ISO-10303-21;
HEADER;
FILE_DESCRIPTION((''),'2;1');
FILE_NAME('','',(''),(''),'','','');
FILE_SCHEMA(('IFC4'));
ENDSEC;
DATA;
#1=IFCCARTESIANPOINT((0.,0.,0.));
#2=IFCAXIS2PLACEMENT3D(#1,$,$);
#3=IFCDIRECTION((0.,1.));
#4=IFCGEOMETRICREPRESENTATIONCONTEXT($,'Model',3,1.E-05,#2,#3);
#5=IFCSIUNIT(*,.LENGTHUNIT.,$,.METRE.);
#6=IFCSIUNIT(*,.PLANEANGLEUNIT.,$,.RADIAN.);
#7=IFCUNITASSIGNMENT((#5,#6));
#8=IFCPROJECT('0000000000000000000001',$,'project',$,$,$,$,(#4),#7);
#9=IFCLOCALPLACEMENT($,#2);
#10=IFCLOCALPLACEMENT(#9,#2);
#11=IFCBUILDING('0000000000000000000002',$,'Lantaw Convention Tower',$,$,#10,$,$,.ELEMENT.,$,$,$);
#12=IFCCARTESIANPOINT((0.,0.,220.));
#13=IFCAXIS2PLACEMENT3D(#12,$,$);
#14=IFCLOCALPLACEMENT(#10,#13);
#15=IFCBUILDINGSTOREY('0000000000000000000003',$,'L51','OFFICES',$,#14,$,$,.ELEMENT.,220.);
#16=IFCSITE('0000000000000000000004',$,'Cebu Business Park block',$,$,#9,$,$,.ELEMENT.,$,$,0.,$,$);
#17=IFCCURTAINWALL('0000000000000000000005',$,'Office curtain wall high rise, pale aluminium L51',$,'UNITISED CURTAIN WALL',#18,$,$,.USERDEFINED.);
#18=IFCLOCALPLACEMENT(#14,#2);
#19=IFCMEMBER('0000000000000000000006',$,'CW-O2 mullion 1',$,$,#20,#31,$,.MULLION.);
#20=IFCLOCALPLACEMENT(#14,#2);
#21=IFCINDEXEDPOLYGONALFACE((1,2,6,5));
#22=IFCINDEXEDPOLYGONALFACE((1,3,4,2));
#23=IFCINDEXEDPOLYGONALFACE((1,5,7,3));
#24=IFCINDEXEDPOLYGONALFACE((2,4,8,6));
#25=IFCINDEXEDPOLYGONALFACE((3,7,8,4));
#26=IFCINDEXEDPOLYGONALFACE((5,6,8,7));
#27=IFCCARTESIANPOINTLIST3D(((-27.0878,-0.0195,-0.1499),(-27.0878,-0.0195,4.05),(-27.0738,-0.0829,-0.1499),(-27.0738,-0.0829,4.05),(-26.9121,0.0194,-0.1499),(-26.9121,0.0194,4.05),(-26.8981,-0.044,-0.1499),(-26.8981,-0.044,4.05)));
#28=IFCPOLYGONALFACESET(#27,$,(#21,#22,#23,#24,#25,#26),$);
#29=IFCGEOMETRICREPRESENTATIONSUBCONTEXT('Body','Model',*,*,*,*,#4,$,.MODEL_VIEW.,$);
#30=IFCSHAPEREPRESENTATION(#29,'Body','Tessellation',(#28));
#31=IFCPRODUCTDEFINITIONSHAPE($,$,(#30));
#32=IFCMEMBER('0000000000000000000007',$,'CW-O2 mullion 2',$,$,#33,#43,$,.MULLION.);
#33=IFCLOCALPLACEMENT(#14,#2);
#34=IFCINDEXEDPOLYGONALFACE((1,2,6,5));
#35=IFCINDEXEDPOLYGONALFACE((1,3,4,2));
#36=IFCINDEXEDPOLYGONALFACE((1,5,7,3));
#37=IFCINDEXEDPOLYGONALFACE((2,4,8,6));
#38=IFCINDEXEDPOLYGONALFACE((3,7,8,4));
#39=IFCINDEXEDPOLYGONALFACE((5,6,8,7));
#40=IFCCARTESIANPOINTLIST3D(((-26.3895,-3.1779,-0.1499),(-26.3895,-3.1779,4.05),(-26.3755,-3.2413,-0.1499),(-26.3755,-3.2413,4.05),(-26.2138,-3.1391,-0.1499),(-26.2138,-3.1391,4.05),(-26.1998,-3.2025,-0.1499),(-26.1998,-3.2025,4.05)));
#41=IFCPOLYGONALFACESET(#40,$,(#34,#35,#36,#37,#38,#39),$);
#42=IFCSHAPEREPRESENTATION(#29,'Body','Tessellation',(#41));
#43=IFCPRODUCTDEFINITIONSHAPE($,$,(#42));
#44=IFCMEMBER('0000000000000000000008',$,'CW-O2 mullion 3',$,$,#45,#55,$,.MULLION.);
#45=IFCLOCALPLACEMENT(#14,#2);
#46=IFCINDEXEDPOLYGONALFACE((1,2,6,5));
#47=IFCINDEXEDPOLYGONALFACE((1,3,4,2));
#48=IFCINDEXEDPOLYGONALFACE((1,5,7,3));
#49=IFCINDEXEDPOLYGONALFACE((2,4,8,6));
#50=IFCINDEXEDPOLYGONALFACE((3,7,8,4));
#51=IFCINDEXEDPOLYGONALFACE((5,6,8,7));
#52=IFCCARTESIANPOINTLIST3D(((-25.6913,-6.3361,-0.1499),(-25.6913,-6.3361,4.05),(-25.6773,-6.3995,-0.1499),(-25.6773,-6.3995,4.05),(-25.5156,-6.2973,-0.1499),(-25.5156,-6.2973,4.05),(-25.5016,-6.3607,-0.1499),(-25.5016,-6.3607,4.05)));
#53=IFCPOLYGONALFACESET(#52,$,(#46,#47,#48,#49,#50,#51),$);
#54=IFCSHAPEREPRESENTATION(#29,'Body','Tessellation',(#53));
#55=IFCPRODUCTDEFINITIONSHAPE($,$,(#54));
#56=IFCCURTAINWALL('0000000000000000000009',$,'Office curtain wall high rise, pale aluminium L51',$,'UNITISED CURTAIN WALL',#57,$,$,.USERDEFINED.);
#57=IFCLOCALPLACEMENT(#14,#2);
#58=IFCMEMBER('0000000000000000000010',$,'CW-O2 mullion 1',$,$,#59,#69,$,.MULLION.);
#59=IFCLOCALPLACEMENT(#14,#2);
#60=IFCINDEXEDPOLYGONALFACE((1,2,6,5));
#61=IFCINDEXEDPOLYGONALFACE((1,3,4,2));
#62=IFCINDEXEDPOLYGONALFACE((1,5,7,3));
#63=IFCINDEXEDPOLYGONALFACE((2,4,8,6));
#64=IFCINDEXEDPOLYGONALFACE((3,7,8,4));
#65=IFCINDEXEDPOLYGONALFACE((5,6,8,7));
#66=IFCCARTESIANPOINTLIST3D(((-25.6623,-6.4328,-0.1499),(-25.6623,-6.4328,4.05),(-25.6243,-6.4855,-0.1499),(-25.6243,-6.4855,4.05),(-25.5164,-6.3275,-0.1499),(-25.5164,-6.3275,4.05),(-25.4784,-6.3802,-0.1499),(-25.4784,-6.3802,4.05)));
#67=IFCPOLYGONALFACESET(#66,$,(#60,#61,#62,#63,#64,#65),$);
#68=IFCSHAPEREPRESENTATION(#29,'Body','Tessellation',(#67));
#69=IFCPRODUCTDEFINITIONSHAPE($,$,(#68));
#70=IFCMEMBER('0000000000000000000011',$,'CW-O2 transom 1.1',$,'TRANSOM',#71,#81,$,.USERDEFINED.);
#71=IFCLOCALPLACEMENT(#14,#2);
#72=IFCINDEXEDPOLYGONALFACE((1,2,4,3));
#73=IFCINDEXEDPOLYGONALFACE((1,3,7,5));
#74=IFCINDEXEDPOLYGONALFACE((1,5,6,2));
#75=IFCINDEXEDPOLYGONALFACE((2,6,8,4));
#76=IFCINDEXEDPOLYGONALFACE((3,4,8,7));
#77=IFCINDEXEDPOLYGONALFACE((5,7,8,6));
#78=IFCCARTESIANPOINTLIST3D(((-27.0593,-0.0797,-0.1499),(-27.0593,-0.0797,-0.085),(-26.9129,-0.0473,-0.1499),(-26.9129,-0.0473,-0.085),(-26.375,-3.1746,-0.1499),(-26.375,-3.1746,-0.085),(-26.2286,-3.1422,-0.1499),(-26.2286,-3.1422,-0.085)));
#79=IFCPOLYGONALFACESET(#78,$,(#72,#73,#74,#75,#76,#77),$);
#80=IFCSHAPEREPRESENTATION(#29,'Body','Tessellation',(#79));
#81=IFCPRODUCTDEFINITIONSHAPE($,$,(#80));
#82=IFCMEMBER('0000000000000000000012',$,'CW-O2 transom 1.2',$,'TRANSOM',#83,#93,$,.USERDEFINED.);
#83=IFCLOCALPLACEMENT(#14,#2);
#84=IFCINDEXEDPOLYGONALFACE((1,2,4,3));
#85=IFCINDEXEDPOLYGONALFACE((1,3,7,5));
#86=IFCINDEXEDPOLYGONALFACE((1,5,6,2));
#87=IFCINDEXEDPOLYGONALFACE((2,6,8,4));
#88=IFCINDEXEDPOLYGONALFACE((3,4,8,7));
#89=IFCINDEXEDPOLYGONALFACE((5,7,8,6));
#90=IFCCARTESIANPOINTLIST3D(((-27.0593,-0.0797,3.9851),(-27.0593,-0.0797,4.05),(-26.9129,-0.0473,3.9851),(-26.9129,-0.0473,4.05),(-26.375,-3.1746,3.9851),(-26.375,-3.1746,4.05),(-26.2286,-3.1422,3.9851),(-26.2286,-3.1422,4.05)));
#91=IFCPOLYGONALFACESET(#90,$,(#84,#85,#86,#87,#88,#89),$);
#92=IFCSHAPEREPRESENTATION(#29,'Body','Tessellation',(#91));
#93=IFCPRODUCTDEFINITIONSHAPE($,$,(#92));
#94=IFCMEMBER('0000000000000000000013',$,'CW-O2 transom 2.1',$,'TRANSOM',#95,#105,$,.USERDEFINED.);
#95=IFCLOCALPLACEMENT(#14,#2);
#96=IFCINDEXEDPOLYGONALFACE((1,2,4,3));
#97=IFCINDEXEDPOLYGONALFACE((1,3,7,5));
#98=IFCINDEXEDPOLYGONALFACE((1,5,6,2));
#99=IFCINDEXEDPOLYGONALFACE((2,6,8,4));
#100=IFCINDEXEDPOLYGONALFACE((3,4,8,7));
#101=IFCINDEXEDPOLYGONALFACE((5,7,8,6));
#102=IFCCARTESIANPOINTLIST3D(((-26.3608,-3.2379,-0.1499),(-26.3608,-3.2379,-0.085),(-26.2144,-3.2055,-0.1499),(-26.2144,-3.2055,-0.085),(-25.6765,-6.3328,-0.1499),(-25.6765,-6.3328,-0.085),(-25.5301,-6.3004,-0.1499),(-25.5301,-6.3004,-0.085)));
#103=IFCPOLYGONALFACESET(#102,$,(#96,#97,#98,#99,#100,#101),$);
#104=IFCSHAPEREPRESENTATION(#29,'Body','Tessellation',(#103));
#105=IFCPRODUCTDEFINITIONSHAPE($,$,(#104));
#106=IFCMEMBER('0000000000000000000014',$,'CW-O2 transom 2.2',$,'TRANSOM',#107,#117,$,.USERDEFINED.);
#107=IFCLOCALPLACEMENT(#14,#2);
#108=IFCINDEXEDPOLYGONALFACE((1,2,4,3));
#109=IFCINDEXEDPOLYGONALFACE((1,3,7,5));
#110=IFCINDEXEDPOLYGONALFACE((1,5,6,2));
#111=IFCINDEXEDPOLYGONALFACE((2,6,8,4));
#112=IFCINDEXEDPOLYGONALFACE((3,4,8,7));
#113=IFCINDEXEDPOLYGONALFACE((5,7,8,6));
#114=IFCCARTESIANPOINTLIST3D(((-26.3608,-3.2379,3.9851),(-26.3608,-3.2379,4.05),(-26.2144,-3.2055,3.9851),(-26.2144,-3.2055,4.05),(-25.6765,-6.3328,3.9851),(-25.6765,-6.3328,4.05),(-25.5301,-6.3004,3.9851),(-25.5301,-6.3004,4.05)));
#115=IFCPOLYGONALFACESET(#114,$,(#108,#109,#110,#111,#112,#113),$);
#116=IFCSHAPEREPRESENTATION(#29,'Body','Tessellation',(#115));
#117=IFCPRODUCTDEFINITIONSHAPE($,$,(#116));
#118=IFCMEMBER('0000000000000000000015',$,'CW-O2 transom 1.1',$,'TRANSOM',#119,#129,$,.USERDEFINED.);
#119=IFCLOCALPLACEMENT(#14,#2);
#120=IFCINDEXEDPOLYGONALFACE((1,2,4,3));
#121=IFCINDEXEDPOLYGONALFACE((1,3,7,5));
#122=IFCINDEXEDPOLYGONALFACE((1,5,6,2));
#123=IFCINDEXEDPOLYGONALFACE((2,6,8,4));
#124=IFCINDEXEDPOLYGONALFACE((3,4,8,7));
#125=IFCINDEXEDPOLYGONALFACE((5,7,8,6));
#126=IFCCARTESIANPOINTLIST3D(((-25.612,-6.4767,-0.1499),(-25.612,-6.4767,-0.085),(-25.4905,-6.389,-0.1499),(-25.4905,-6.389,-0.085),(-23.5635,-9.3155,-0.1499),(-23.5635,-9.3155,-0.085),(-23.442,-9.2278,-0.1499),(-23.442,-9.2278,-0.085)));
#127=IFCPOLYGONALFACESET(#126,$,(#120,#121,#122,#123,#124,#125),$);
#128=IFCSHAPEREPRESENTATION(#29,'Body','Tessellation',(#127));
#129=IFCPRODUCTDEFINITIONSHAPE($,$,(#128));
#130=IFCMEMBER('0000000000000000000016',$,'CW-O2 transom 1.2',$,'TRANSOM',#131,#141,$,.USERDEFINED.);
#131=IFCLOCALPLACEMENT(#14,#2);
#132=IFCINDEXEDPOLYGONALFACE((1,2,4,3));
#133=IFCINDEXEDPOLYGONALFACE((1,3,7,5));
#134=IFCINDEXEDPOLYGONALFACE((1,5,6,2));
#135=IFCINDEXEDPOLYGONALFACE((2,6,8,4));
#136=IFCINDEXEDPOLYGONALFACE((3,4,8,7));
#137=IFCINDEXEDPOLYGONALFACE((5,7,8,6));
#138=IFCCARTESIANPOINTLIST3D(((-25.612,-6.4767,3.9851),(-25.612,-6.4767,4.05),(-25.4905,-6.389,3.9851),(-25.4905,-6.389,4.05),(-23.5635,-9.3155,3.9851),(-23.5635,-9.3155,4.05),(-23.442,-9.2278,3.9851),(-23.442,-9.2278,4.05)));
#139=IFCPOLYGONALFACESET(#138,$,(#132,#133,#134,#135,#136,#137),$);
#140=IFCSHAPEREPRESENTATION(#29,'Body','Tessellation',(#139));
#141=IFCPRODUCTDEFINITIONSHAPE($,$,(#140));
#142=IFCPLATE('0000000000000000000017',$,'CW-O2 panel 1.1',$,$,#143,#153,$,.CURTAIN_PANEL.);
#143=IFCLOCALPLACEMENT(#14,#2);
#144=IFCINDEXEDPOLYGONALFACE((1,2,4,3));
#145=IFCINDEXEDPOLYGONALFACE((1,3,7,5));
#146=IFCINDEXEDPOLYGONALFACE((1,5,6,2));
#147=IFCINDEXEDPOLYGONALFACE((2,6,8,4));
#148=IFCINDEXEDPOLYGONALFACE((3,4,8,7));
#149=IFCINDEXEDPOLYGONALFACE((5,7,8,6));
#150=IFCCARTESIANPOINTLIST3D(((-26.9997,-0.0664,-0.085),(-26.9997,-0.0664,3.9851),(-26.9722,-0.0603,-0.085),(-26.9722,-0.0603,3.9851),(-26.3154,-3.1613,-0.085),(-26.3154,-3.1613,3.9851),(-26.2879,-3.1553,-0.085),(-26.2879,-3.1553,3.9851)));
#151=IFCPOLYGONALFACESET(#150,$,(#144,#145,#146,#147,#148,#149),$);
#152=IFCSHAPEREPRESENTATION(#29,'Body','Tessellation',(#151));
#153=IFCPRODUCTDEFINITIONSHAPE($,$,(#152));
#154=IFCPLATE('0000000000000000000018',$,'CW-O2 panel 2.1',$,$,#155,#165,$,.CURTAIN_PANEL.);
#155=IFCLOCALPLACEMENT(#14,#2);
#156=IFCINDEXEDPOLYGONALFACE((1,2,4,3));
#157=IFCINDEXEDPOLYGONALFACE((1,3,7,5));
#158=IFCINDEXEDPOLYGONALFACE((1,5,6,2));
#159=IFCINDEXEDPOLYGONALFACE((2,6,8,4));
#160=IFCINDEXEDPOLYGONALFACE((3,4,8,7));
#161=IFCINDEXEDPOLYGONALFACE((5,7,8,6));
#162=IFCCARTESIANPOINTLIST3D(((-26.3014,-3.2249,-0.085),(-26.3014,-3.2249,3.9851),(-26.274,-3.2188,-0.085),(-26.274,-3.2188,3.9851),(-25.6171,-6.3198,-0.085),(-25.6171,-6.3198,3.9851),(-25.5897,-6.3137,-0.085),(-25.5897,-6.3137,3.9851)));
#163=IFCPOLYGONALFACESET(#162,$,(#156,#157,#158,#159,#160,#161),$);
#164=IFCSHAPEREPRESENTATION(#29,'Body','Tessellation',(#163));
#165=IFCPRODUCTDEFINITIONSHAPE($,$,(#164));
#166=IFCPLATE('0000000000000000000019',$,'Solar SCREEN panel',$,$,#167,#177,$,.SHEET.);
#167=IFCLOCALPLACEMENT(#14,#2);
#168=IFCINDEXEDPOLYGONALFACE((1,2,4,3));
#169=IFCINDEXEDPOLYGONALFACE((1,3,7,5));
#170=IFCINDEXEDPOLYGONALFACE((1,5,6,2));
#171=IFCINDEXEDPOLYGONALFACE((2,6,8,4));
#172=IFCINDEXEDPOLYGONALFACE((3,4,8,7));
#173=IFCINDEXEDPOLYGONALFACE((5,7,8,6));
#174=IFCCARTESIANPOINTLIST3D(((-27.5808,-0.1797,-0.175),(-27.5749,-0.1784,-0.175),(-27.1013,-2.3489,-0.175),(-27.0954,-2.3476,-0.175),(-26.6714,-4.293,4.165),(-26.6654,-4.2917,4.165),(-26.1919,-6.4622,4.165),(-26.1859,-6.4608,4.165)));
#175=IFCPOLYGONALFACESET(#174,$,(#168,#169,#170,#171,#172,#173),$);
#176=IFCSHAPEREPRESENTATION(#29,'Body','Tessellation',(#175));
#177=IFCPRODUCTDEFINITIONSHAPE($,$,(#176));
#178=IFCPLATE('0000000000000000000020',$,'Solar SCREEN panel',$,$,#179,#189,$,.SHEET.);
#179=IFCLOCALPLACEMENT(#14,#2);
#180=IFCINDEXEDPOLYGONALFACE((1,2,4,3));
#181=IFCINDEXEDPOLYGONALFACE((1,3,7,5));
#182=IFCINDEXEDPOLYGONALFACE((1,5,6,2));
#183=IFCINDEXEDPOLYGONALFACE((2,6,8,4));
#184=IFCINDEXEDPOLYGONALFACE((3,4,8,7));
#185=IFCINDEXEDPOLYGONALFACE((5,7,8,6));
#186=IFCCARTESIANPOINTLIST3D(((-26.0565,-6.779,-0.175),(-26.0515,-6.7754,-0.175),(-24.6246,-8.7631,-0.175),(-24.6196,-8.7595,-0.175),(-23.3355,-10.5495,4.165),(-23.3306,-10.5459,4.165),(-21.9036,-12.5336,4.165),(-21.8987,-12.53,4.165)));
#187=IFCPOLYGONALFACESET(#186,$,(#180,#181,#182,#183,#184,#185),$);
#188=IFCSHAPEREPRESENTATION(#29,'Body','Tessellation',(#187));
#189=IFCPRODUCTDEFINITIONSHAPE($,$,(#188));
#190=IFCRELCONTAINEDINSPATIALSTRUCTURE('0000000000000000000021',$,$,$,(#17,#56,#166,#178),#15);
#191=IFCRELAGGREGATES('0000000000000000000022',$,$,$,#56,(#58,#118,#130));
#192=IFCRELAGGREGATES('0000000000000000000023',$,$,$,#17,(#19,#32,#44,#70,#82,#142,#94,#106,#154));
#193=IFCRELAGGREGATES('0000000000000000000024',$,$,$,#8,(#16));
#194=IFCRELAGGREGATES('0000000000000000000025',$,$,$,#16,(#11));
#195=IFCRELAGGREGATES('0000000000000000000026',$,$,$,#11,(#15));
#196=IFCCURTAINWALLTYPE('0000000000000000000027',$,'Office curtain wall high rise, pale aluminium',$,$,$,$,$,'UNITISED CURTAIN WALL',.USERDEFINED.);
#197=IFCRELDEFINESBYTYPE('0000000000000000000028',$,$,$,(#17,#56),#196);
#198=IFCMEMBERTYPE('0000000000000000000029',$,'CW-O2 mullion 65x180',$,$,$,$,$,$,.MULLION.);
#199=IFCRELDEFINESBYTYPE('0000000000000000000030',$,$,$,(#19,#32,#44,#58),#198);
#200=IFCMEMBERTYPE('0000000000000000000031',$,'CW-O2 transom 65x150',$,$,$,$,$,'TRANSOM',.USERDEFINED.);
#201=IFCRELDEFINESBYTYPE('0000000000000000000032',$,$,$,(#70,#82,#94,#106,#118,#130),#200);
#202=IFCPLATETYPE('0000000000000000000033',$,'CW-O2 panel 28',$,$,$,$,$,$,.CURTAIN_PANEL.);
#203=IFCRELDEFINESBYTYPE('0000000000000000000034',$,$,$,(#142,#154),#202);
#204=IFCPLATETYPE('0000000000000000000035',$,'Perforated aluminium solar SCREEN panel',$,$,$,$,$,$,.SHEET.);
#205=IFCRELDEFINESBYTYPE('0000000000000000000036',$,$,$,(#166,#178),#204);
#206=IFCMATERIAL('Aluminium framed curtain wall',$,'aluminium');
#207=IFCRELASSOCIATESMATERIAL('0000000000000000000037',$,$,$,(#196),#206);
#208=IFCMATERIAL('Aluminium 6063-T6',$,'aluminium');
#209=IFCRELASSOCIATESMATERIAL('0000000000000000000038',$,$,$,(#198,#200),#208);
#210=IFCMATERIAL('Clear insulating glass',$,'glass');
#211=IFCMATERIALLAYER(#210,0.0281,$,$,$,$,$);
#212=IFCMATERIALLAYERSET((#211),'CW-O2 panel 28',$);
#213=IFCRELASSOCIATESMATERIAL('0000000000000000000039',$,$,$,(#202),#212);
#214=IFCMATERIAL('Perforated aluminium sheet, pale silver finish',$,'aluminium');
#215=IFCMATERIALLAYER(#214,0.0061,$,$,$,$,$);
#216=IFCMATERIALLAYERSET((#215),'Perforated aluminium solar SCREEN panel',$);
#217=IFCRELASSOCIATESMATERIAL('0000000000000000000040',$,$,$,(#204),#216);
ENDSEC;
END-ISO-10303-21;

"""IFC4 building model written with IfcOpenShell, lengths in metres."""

from ifc_helpers import new_model, si_unit, direction, frame, origin, origin_2d, place, context, subcontext, project, spatial, polyline, rectangle, outline, extrude, material, layer, layer_set, material_profile, profile_set, type_object, element, aggregate, save


model = new_model("IFC4")

# Units and contexts
model_context = context("Model", 3, precision=1e-05, world=origin(), true_north=direction((0.0, 1.0)))
body_context = subcontext(model_context, "Body", "Model", "MODEL_VIEW")
ifc_project = project(units=[si_unit("LENGTHUNIT", "METRE"), si_unit("PLANEANGLEUNIT", "RADIAN")], contexts=[model_context])

# Site, building, storey
site_placement = place(None, origin())
site = spatial("IfcSite", under=ifc_project, at=site_placement, Name="Cebu Business Park block", CompositionType="ELEMENT", RefElevation=0.0)
building_placement = place(site_placement, origin())
building = spatial("IfcBuilding", under=site, at=building_placement, Name="Lantaw Convention Tower", CompositionType="ELEMENT")
storey_placement = place(building_placement, frame((0.0, 0.0, 220.0)))
storey = spatial("IfcBuildingStorey", under=building, at=storey_placement, Name="L51", Description="OFFICES", CompositionType="ELEMENT", Elevation=220.0)

# Curtain wall, members
ifc_material_1 = material(Name="Aluminium framed curtain wall", Category="aluminium")
curtain_wall_type = type_object("IfcCurtainWallType", Name="Office curtain wall high rise, pale aluminium", ElementType="UNITISED CURTAIN WALL", PredefinedType="USERDEFINED", material=ifc_material_1)
curtain_wall_1_placement = place(storey_placement, origin())
curtain_wall_1 = element("IfcCurtainWall", 1, at=curtain_wall_1_placement, inside=storey, type_object=curtain_wall_type, Name="Office curtain wall high rise, pale aluminium L51", ObjectType="UNITISED CURTAIN WALL", PredefinedType="USERDEFINED")
ifc_material_2 = material(Name="Aluminium 6063-T6", Category="aluminium")
ifc_material_profile_1 = material_profile(ifc_material_2, rectangle(XDim=0.1799, YDim=0.0649, at=origin_2d()), Name="CW-O2 mullion 65x180")
ifc_profile_set_1 = profile_set([ifc_material_profile_1], Name="Aluminium 6063-T6")
member_type_1 = type_object("IfcMemberType", Name="CW-O2 mullion 65x180", PredefinedType="MULLION", material=ifc_profile_set_1)
member_1_placement = place(storey_placement, frame((-26.9929, -0.0317, -0.1499), z_axis=(0.0, 0.0, 1.0), x_axis=(0.976417, 0.215891, 0.0)))
member_1 = element("IfcMember", 2, at=member_1_placement, type_object=member_type_1, Name="CW-O2 mullion 1", PredefinedType="MULLION", context=body_context, shape_type="SweptSolid", body=[
    extrude(rectangle(XDim=0.1799, YDim=0.0649, at=origin_2d()), origin(), (0.0, 0.0, 1.0), 4.2),
])
member_2_placement = place(storey_placement, frame((-26.2947, -3.1902, -0.1499), z_axis=(0.0, 0.0, 1.0), x_axis=(0.976417, 0.215891, 0.0)))
member_2 = element("IfcMember", 3, at=member_2_placement, type_object=member_type_1, Name="CW-O2 mullion 2", PredefinedType="MULLION", context=body_context, shape_type="SweptSolid", body=[
    extrude(rectangle(XDim=0.1799, YDim=0.0649, at=origin_2d()), origin(), (0.0, 0.0, 1.0), 4.2),
])
member_3_placement = place(storey_placement, frame((-25.5964, -6.3484, -0.1499), z_axis=(0.0, 0.0, 1.0), x_axis=(0.976417, 0.215891, 0.0)))
member_3 = element("IfcMember", 4, at=member_3_placement, type_object=member_type_1, Name="CW-O2 mullion 3", PredefinedType="MULLION", context=body_context, shape_type="SweptSolid", body=[
    extrude(rectangle(XDim=0.1799, YDim=0.0649, at=origin_2d()), origin(), (0.0, 0.0, 1.0), 4.2),
])

# Curtain wall, member
curtain_wall_2_placement = place(storey_placement, origin())
curtain_wall_2 = element("IfcCurtainWall", 5, at=curtain_wall_2_placement, inside=storey, type_object=curtain_wall_type, Name="Office curtain wall high rise, pale aluminium L51", ObjectType="UNITISED CURTAIN WALL", PredefinedType="USERDEFINED")
member_4_placement = place(storey_placement, frame((-25.5703, -6.4065, -0.1499), z_axis=(0.0, 0.0, 1.0), x_axis=(0.81092, 0.585158, 0.0)))
member_4 = element("IfcMember", 6, at=member_4_placement, type_object=member_type_1, Name="CW-O2 mullion 1", PredefinedType="MULLION", context=body_context, shape_type="SweptSolid", body=[
    extrude(rectangle(XDim=0.1799, YDim=0.0649, at=origin_2d()), origin(), (0.0, 0.0, 1.0), 4.2),
])

# Members
ifc_material_profile_2 = material_profile(ifc_material_2, rectangle(XDim=0.1499, YDim=0.0649, at=origin_2d()), Name="CW-O2 transom 65x150")
ifc_profile_set_2 = profile_set([ifc_material_profile_2], Name="Aluminium 6063-T6")
member_type_2 = type_object("IfcMemberType", Name="CW-O2 transom 65x150", ElementType="TRANSOM", PredefinedType="USERDEFINED", material=ifc_profile_set_2)
member_5_placement = place(storey_placement, frame((-26.9861, -0.0635, -0.1174), z_axis=(0.215895, -0.976417, 0.0), x_axis=(0.976417, 0.215895, 0.0)))
member_5 = element("IfcMember", 7, at=member_5_placement, type_object=member_type_2, Name="CW-O2 transom 1.1", ObjectType="TRANSOM", PredefinedType="USERDEFINED", context=body_context, shape_type="SweptSolid", body=[
    extrude(rectangle(XDim=0.1499, YDim=0.0649, at=origin_2d()), origin(), (0.0, 0.0, 1.0), 3.1697),
])
member_6_placement = place(storey_placement, frame((-26.9861, -0.0635, 4.0176), z_axis=(0.215895, -0.976417, 0.0), x_axis=(0.976417, 0.215895, 0.0)))
member_6 = element("IfcMember", 8, at=member_6_placement, type_object=member_type_2, Name="CW-O2 transom 1.2", ObjectType="TRANSOM", PredefinedType="USERDEFINED", context=body_context, shape_type="SweptSolid", body=[
    extrude(rectangle(XDim=0.1499, YDim=0.0649, at=origin_2d()), origin(), (0.0, 0.0, 1.0), 3.1697),
])
member_7_placement = place(storey_placement, frame((-26.2876, -3.2217, -0.1174), z_axis=(0.215895, -0.976417, 0.0), x_axis=(0.976417, 0.215895, 0.0)))
member_7 = element("IfcMember", 9, at=member_7_placement, type_object=member_type_2, Name="CW-O2 transom 2.1", ObjectType="TRANSOM", PredefinedType="USERDEFINED", context=body_context, shape_type="SweptSolid", body=[
    extrude(rectangle(XDim=0.1499, YDim=0.0649, at=origin_2d()), origin(), (0.0, 0.0, 1.0), 3.1697),
])
member_8_placement = place(storey_placement, frame((-26.2876, -3.2217, 4.0176), z_axis=(0.215895, -0.976417, 0.0), x_axis=(0.976417, 0.215895, 0.0)))
member_8 = element("IfcMember", 10, at=member_8_placement, type_object=member_type_2, Name="CW-O2 transom 2.2", ObjectType="TRANSOM", PredefinedType="USERDEFINED", context=body_context, shape_type="SweptSolid", body=[
    extrude(rectangle(XDim=0.1499, YDim=0.0649, at=origin_2d()), origin(), (0.0, 0.0, 1.0), 3.1697),
])
member_9_placement = place(storey_placement, frame((-25.5513, -6.4329, -0.1174), z_axis=(0.58517, -0.810911, 0.0), x_axis=(0.810911, 0.58517, 0.0)))
member_9 = element("IfcMember", 11, at=member_9_placement, type_object=member_type_2, Name="CW-O2 transom 1.1", ObjectType="TRANSOM", PredefinedType="USERDEFINED", context=body_context, shape_type="SweptSolid", body=[
    extrude(rectangle(XDim=0.1499, YDim=0.0649, at=origin_2d()), origin(), (0.0, 0.0, 1.0), 3.5007),
])
member_10_placement = place(storey_placement, frame((-25.5513, -6.4329, 4.0176), z_axis=(0.58517, -0.810911, 0.0), x_axis=(0.810911, 0.58517, 0.0)))
member_10 = element("IfcMember", 12, at=member_10_placement, type_object=member_type_2, Name="CW-O2 transom 1.2", ObjectType="TRANSOM", PredefinedType="USERDEFINED", context=body_context, shape_type="SweptSolid", body=[
    extrude(rectangle(XDim=0.1499, YDim=0.0649, at=origin_2d()), origin(), (0.0, 0.0, 1.0), 3.5007),
])
aggregate(curtain_wall_2, [member_4, member_9, member_10])

# Plates
ifc_material_3 = material(Name="Clear insulating glass", Category="glass")
ifc_layer_1 = layer(ifc_material_3, 0.0281)
ifc_layer_set_1 = layer_set([ifc_layer_1], Name="CW-O2 panel 28")
plate_type_1 = type_object("IfcPlateType", Name="CW-O2 panel 28", PredefinedType="CURTAIN_PANEL", material=ifc_layer_set_1)
plate_1_placement = place(storey_placement, frame((-26.6438, -1.6108, -0.085), z_axis=(0.0, 0.0, 1.0), x_axis=(0.215891, -0.976417, 0.0)))
plate_1 = element("IfcPlate", 13, at=plate_1_placement, type_object=plate_type_1, Name="CW-O2 panel 1.1", PredefinedType="CURTAIN_PANEL", context=body_context, shape_type="SweptSolid", body=[
    extrude(rectangle(XDim=3.1697, YDim=0.0281, at=origin_2d()), origin(), (0.0, 0.0, 1.0), 4.0701),
])
plate_2_placement = place(storey_placement, frame((-25.9456, -4.7693, -0.085), z_axis=(0.0, 0.0, 1.0), x_axis=(0.215891, -0.976417, 0.0)))
plate_2 = element("IfcPlate", 14, at=plate_2_placement, type_object=plate_type_1, Name="CW-O2 panel 2.1", PredefinedType="CURTAIN_PANEL", context=body_context, shape_type="SweptSolid", body=[
    extrude(rectangle(XDim=3.1697, YDim=0.0281, at=origin_2d()), origin(), (0.0, 0.0, 1.0), 4.0701),
])
aggregate(curtain_wall_1, [member_1, member_2, member_3, member_5, member_6, plate_1, member_7, member_8, plate_2])

# Plates
ifc_material_4 = material(Name="Perforated aluminium sheet, pale silver finish", Category="aluminium")
ifc_layer_2 = layer(ifc_material_4, 0.0061)
ifc_layer_set_2 = layer_set([ifc_layer_2], Name="Perforated aluminium solar SCREEN panel")
plate_type_2 = type_object("IfcPlateType", Name="Perforated aluminium solar SCREEN panel", PredefinedType="SHEET", material=ifc_layer_set_2)
plate_3_placement = place(storey_placement, frame((-27.5808, -0.1797, -0.175), z_axis=(-0.97643, -0.215837, 0.000044), x_axis=(0.215837, -0.97643, 0.0)))
element("IfcPlate", 15, at=plate_3_placement, inside=storey, type_object=plate_type_2, Name="Solar SCREEN panel", PredefinedType="SHEET", context=body_context, shape_type="SweptSolid", body=[
    extrude(outline(polyline([(0.0, 0.0), (2.2216, 0.0), (6.4342, 4.3401), (4.2126, 4.3401), (0.0, 0.0)])), origin(), (0.0, 0.0, -1.0), 0.0061),
])
plate_4_placement = place(storey_placement, frame((-26.0515, -6.7754, -0.175), z_axis=(0.810892, 0.585195, 0.00002), x_axis=(0.585195, -0.810892, 0.0)))
element("IfcPlate", 16, at=plate_4_placement, inside=storey, type_object=plate_type_2, Name="Solar SCREEN panel", PredefinedType="SHEET", context=body_context, shape_type="SweptSolid", body=[
    extrude(outline(polyline([(0.0, 0.0), (2.4468, 0.0), (7.0966, -4.3401), (4.6498, -4.3401), (0.0, 0.0)])), origin(), (0.0, 0.0, -1.0), 0.0061),
])

save(model, "model.ifc")
